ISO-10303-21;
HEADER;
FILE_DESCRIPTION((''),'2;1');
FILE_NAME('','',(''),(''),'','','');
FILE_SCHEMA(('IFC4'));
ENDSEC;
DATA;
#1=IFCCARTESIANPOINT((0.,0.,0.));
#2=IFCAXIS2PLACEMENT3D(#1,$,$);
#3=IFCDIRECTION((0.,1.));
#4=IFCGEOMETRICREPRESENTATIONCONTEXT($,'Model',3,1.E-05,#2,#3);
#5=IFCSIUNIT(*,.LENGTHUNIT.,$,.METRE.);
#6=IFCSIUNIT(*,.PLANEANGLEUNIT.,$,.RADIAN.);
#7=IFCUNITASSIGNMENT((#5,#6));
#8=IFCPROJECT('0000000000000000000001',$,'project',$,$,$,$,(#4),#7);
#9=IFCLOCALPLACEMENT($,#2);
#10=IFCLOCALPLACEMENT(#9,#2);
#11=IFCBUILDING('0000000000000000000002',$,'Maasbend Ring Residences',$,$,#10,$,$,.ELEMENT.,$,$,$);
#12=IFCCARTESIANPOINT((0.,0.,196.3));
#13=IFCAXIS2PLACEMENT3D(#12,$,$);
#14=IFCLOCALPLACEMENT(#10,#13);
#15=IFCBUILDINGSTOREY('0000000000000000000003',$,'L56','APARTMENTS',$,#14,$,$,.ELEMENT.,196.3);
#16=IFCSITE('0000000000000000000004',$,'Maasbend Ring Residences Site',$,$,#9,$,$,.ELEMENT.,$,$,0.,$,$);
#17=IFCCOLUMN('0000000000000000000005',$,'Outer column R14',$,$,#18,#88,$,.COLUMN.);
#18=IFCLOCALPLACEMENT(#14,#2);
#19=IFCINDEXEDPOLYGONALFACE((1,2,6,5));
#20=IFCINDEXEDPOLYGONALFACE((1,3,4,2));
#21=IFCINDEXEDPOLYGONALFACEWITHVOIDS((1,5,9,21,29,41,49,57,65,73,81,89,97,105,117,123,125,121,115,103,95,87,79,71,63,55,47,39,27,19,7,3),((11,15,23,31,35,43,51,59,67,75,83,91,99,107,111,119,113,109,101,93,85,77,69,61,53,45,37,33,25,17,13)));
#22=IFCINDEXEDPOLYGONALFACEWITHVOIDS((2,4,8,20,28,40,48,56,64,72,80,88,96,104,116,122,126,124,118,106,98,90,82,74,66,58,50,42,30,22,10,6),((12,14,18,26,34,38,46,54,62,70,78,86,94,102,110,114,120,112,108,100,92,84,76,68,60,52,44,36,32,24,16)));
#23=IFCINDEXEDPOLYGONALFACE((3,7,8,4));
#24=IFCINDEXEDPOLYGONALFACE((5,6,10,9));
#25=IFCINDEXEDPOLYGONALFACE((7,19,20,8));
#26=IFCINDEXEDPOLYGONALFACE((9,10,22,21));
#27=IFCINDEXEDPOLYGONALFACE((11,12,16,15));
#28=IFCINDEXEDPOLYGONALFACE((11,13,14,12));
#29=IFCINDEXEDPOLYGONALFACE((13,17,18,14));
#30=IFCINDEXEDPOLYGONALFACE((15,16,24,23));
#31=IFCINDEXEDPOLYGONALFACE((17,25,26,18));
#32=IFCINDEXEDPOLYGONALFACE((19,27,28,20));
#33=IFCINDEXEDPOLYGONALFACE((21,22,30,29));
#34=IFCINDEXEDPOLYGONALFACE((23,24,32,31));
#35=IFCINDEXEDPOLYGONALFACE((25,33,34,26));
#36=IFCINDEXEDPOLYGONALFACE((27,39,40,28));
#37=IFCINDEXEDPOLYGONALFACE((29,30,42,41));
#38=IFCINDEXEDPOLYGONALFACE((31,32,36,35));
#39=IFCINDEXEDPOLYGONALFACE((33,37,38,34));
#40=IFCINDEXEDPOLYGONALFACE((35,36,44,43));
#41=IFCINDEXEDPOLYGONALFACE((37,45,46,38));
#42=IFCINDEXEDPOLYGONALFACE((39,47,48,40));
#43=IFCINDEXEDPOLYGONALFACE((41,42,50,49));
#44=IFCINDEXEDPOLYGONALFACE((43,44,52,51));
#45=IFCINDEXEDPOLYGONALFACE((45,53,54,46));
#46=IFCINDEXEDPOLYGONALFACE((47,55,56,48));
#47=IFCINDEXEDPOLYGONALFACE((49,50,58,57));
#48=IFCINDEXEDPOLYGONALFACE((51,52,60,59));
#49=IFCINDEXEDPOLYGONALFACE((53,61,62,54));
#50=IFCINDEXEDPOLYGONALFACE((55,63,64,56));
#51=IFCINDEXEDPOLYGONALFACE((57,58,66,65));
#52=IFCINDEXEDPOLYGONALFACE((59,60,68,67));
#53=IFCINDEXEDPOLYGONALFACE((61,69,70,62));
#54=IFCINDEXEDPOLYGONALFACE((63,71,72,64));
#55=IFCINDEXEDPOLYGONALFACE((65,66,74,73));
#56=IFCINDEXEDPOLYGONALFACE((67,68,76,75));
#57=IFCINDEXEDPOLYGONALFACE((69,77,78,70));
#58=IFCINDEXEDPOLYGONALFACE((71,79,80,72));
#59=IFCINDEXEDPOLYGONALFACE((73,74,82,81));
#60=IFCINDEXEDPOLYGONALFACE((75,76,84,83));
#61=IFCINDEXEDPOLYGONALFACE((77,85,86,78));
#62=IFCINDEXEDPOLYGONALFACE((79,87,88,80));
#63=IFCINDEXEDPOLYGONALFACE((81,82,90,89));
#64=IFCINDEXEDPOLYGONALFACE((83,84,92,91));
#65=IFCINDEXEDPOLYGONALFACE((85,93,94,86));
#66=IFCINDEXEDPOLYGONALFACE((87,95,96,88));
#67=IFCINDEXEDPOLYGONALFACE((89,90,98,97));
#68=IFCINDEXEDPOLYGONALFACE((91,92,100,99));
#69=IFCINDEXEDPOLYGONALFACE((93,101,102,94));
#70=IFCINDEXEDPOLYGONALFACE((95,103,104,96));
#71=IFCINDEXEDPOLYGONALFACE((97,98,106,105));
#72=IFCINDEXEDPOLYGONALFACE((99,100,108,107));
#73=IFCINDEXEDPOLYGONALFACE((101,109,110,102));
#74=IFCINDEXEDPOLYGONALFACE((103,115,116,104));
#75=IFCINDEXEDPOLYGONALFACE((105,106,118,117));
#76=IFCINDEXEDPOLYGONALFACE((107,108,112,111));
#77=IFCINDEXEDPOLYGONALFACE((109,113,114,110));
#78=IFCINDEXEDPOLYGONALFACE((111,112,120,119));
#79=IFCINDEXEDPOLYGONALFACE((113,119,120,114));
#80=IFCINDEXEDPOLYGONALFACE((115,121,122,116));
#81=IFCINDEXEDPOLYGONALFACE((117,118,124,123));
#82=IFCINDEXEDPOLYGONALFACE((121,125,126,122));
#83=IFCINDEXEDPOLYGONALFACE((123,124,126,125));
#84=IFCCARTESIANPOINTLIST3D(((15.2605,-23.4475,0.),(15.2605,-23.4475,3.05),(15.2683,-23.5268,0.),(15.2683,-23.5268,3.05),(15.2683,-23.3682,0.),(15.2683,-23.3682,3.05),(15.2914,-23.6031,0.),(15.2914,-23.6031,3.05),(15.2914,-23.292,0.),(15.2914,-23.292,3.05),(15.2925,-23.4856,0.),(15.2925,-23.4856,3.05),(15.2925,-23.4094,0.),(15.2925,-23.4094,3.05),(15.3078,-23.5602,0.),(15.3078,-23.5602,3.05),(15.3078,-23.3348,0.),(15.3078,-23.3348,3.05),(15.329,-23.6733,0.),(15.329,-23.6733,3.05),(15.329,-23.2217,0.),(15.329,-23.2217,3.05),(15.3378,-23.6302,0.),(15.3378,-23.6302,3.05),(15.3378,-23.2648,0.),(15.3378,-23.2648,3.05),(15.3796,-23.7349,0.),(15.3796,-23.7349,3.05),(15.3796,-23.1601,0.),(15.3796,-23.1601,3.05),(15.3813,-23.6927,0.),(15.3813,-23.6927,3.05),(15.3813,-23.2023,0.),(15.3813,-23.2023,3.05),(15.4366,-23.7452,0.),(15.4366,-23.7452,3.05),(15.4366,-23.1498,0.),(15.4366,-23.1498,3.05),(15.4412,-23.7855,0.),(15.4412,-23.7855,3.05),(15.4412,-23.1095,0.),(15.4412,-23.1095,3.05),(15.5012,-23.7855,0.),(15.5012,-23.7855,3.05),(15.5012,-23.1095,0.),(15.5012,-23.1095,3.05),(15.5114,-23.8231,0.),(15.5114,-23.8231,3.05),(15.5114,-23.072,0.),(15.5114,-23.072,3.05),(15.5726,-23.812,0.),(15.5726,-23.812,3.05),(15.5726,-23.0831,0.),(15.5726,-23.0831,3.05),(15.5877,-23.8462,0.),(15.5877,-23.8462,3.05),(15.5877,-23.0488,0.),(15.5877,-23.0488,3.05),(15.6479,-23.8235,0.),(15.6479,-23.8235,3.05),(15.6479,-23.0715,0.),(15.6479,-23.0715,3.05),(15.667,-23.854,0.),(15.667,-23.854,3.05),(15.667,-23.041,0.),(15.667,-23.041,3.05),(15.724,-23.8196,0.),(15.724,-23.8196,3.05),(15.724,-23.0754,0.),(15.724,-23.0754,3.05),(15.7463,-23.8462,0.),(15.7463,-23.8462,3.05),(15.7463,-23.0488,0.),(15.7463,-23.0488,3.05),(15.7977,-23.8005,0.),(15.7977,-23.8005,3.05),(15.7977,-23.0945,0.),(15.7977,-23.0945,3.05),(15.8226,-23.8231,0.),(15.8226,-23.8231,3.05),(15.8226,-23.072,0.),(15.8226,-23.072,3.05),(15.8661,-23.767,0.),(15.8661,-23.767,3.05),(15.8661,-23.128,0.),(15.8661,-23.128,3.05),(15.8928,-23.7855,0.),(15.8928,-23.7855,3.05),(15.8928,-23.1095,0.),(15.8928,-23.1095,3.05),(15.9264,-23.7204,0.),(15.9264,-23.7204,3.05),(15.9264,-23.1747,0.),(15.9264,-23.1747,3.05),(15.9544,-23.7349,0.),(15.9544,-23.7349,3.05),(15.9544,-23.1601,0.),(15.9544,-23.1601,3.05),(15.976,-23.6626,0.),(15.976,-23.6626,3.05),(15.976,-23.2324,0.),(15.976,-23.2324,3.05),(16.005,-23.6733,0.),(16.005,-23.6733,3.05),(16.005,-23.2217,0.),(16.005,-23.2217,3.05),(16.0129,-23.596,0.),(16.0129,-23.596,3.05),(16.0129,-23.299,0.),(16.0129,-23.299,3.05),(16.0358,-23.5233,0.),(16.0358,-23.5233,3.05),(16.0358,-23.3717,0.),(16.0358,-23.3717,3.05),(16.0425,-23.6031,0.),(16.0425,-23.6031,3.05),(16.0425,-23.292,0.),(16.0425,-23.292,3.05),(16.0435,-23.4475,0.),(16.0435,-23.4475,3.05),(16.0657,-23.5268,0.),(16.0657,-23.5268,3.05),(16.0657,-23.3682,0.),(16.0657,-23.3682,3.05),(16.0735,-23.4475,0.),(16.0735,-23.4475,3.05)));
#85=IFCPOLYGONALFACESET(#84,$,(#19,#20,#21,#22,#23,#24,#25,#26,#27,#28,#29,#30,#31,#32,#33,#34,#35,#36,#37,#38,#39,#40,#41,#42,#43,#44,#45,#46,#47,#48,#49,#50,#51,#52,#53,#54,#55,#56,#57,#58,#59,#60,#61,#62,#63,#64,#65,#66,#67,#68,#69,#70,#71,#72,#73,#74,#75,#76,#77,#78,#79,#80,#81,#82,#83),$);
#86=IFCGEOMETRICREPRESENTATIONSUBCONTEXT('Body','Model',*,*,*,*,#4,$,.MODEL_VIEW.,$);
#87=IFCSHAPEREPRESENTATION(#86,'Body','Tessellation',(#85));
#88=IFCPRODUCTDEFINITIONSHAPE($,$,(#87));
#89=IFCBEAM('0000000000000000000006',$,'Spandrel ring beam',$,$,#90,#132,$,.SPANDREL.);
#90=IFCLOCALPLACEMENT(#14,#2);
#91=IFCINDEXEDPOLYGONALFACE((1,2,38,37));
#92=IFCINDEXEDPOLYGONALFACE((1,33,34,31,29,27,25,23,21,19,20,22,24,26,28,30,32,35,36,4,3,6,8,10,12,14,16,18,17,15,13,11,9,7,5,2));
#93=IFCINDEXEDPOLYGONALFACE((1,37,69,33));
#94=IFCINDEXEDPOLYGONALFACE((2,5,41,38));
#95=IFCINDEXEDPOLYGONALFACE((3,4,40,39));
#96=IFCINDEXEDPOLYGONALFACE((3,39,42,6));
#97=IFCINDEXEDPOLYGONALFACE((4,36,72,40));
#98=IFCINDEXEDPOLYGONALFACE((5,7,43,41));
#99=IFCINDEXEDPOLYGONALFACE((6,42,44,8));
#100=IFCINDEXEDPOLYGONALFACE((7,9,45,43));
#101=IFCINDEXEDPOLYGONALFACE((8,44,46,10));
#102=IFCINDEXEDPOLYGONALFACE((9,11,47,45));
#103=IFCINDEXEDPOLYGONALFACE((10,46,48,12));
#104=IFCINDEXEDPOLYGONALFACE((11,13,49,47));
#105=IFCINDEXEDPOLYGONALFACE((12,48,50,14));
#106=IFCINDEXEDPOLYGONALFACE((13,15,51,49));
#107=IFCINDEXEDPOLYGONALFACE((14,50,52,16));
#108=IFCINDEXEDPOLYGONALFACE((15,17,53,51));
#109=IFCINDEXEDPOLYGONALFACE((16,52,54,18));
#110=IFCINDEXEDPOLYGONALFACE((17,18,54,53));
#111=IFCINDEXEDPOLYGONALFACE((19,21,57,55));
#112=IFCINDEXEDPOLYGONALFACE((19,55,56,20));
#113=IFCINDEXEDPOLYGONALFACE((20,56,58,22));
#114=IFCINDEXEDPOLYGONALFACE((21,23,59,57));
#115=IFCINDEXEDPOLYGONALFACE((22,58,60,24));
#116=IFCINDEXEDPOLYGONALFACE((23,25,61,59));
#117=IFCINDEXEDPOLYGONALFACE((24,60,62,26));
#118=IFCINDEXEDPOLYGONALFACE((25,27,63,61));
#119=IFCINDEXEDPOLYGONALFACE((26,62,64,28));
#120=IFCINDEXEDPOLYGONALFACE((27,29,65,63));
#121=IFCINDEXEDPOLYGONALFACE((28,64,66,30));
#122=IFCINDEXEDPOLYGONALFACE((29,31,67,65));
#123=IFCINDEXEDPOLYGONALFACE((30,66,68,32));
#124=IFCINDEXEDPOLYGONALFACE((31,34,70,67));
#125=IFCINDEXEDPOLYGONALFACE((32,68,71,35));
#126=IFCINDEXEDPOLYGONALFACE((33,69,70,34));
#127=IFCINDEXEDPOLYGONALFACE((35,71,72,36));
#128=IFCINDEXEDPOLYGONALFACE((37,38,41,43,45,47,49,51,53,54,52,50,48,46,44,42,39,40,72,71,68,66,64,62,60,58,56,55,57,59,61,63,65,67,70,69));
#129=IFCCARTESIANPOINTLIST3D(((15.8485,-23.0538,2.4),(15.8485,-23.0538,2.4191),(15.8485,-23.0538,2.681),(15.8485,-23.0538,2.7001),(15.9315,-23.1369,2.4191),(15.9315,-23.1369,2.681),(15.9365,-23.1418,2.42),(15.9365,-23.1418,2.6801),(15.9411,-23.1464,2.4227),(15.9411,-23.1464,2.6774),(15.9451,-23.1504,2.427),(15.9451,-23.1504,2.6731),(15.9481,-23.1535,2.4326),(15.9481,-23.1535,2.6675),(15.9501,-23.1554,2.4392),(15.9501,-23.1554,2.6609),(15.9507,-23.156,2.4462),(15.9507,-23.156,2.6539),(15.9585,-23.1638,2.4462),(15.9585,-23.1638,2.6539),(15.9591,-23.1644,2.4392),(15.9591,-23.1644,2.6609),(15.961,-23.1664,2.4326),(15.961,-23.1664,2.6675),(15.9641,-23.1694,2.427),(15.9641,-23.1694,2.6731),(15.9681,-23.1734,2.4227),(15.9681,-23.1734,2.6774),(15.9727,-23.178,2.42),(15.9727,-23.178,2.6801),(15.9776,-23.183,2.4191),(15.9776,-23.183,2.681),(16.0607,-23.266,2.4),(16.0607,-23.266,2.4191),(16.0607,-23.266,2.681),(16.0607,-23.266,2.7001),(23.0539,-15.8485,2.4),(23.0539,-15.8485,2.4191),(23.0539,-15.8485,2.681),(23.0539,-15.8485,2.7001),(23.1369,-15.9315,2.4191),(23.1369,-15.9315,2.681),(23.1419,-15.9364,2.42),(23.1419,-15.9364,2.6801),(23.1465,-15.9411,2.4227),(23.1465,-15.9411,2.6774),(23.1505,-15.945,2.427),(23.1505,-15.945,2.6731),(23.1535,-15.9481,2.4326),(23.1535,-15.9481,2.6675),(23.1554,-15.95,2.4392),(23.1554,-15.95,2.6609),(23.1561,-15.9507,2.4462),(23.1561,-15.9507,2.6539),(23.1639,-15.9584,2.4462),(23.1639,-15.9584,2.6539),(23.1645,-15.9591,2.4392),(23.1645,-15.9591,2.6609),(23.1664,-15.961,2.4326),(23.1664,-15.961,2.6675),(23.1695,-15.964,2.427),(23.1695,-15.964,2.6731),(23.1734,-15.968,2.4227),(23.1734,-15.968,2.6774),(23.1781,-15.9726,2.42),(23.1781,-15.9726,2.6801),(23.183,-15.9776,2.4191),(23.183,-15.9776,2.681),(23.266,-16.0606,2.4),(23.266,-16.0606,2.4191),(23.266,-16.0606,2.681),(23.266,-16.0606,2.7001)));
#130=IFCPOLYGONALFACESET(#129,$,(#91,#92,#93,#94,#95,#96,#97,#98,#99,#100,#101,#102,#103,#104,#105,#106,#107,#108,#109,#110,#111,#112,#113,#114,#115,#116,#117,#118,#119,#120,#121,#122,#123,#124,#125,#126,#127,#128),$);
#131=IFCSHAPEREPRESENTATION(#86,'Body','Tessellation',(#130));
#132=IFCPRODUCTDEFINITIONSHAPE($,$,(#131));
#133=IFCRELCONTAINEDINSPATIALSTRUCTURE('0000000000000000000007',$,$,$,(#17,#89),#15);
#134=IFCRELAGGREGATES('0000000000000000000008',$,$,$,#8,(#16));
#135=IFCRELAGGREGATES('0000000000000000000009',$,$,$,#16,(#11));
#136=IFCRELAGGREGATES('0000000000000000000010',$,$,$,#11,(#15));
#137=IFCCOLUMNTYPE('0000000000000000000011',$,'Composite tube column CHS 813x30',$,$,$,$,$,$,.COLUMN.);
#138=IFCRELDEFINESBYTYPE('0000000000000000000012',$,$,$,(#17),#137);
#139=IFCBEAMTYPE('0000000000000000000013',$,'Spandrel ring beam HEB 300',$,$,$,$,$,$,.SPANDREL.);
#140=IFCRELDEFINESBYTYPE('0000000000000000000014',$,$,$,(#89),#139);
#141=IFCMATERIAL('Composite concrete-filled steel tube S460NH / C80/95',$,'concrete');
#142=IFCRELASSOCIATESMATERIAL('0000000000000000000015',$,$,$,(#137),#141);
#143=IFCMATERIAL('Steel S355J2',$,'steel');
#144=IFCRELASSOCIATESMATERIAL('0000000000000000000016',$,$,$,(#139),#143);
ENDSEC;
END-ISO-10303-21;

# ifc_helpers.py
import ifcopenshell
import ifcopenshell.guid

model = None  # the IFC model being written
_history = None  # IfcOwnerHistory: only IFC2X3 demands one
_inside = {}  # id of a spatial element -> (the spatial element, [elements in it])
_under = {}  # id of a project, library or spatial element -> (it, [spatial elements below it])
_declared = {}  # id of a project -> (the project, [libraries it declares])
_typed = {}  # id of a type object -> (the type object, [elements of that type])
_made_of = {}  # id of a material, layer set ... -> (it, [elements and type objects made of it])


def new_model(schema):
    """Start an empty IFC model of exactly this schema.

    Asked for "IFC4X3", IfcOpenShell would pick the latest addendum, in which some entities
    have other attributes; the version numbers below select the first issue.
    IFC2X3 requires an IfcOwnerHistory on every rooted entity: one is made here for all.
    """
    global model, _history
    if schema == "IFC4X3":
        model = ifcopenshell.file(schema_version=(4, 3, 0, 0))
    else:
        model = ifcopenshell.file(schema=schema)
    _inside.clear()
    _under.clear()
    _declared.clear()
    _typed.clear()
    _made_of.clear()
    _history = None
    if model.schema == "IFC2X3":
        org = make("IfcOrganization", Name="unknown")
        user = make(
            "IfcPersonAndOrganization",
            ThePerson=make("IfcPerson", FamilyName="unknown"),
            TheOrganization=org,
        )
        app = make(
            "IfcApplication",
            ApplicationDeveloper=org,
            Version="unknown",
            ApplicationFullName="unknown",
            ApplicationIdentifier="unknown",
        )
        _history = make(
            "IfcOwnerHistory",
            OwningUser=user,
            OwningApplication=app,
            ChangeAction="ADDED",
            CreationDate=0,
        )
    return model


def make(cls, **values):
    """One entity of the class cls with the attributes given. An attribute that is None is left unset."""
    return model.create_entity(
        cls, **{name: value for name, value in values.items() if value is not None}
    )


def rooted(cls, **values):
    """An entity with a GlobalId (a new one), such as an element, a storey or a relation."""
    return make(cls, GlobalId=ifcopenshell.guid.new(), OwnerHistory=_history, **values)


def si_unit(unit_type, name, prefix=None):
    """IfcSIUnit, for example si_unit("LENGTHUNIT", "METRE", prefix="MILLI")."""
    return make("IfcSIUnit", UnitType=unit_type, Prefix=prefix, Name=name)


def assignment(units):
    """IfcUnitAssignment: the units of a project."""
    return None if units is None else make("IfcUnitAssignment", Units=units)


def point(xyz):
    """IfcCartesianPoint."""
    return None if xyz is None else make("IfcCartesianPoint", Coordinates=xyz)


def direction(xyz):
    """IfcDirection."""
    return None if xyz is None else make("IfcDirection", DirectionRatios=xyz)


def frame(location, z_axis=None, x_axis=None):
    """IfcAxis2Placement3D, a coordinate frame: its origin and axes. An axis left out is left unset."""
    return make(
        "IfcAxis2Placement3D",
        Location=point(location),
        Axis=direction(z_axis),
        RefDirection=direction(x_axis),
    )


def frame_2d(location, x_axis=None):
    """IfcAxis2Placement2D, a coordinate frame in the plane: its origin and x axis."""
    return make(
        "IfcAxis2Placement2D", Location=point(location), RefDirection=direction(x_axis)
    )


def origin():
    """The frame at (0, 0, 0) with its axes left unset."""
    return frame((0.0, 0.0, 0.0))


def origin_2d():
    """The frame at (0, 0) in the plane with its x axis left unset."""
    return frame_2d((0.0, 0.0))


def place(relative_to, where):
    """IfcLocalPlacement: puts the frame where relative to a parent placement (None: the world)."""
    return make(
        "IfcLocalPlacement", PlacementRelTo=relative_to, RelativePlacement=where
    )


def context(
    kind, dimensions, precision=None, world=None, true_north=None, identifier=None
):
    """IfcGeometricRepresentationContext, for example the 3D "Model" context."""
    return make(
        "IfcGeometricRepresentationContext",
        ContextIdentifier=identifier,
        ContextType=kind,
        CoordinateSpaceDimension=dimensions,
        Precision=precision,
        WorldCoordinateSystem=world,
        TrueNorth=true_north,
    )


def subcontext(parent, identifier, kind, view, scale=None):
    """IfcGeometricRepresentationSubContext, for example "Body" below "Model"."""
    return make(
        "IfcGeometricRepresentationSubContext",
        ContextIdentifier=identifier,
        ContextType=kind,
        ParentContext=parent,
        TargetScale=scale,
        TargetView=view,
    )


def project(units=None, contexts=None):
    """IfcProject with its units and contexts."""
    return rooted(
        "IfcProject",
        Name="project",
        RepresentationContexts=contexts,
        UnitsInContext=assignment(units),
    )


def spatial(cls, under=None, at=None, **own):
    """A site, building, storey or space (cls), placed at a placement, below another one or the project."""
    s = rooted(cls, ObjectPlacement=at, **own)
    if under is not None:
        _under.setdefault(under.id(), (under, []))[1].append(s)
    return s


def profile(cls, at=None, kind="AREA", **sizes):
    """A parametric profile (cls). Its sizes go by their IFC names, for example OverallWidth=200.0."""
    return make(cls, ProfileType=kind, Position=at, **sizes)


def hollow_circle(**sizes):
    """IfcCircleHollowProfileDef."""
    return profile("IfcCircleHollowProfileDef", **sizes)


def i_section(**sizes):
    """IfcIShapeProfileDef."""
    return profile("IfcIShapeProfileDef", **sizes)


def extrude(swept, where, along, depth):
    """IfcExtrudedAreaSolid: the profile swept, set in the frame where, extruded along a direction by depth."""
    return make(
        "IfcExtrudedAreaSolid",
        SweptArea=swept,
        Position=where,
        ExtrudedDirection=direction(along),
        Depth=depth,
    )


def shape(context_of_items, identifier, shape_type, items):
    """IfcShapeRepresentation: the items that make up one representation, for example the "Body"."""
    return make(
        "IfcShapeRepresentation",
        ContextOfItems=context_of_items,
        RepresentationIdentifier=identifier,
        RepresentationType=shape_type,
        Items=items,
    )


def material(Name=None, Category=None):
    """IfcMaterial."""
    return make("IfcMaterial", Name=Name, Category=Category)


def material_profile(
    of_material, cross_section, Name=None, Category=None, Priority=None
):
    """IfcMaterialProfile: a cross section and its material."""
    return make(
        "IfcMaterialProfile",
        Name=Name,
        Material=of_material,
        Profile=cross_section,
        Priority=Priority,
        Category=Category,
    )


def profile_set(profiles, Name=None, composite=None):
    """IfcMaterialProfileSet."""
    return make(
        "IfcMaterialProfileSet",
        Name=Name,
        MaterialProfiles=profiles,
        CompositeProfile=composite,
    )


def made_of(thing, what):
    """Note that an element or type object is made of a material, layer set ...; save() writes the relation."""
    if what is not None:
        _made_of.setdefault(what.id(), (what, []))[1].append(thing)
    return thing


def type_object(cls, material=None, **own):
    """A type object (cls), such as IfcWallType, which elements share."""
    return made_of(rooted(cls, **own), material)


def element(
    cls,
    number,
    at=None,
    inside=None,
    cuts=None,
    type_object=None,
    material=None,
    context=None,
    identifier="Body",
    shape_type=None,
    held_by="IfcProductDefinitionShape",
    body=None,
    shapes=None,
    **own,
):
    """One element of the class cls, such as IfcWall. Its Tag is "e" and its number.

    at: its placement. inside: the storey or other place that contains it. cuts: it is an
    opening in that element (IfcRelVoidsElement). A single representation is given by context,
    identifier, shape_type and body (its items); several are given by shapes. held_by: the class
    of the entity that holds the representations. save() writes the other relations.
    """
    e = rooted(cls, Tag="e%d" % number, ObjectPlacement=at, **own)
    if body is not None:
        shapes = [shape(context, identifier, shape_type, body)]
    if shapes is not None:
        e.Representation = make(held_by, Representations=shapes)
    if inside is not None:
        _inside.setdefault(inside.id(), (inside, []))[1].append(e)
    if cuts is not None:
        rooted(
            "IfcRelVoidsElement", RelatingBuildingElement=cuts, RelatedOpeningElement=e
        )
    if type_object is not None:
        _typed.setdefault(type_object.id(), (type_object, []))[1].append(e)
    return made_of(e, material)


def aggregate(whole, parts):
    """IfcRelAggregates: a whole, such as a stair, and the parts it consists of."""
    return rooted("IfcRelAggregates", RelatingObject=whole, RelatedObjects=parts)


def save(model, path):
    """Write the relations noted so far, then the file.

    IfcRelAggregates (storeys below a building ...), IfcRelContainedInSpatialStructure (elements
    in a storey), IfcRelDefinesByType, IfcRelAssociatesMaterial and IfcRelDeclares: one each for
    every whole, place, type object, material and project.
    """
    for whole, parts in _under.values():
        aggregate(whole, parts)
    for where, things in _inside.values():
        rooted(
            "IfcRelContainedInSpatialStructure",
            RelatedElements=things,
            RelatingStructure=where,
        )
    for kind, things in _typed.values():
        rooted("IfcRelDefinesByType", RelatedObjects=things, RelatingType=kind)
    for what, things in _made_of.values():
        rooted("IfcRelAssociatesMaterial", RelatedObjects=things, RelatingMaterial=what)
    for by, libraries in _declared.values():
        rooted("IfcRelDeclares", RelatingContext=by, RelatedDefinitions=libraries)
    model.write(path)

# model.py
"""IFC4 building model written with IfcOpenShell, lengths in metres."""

from ifc_helpers import new_model, si_unit, direction, frame, origin, origin_2d, place, context, subcontext, project, spatial, hollow_circle, i_section, extrude, material, material_profile, profile_set, type_object, element, save


model = new_model("IFC4")

# Units and contexts
model_context = context("Model", 3, precision=1e-05, world=origin(), true_north=direction((0.0, 1.0)))
body_context = subcontext(model_context, "Body", "Model", "MODEL_VIEW")
ifc_project = project(units=[si_unit("LENGTHUNIT", "METRE"), si_unit("PLANEANGLEUNIT", "RADIAN")], contexts=[model_context])

# Site, building, storey
site_placement = place(None, origin())
site = spatial("IfcSite", under=ifc_project, at=site_placement, Name="Maasbend Ring Residences Site", CompositionType="ELEMENT", RefElevation=0.0)
building_placement = place(site_placement, origin())
building = spatial("IfcBuilding", under=site, at=building_placement, Name="Maasbend Ring Residences", CompositionType="ELEMENT")
storey_placement = place(building_placement, frame((0.0, 0.0, 196.3)))
storey = spatial("IfcBuildingStorey", under=building, at=storey_placement, Name="L56", Description="APARTMENTS", CompositionType="ELEMENT", Elevation=196.3)

# Column
ifc_material_1 = material(Name="Composite concrete-filled steel tube S460NH / C80/95", Category="concrete")
ifc_material_profile_1 = material_profile(ifc_material_1, hollow_circle(Radius=0.4065, WallThickness=0.03, at=origin_2d()), Name="Composite tube column CHS 813x30")
ifc_profile_set_1 = profile_set([ifc_material_profile_1], Name="Composite concrete-filled steel tube S460NH / C80/95")
column_type = type_object("IfcColumnType", Name="Composite tube column CHS 813x30", PredefinedType="COLUMN", material=ifc_profile_set_1)
column_placement = place(storey_placement, frame((15.667, -23.4475, 0.0), z_axis=(0.0, 0.0, 1.0), x_axis=(1.0, 0.0, 0.0)))
element("IfcColumn", 1, at=column_placement, inside=storey, type_object=column_type, Name="Outer column R14", PredefinedType="COLUMN", context=body_context, shape_type="SweptSolid", body=[
    extrude(hollow_circle(Radius=0.4065, WallThickness=0.03, at=origin_2d()), origin(), (0.0, 0.0, 1.0), 3.05),
])

# Beam
ifc_material_2 = material(Name="Steel S355J2", Category="steel")
ifc_material_profile_2 = material_profile(ifc_material_2, i_section(OverallWidth=0.3, OverallDepth=0.3, WebThickness=0.011, FlangeThickness=0.019, FilletRadius=0.0271, at=origin_2d()), Name="HEB 300")
ifc_profile_set_2 = profile_set([ifc_material_profile_2], Name="Steel S355J2")
beam_type = type_object("IfcBeamType", Name="Spandrel ring beam HEB 300", PredefinedType="SPANDREL", material=ifc_profile_set_2)
beam_placement = place(storey_placement, frame((15.9546, -23.1599, 2.55), z_axis=(0.707107, 0.707107, 0.0), x_axis=(-0.707107, 0.707107, 0.0)))
element("IfcBeam", 2, at=beam_placement, inside=storey, type_object=beam_type, Name="Spandrel ring beam", PredefinedType="SPANDREL", context=body_context, shape_type="SweptSolid", body=[
    extrude(i_section(OverallWidth=0.3, OverallDepth=0.3, WebThickness=0.011, FlangeThickness=0.019, FilletRadius=0.0271, at=origin_2d()), origin(), (0.0, 0.0, 1.0), 10.1899),
])

save(model, "model.ifc")
